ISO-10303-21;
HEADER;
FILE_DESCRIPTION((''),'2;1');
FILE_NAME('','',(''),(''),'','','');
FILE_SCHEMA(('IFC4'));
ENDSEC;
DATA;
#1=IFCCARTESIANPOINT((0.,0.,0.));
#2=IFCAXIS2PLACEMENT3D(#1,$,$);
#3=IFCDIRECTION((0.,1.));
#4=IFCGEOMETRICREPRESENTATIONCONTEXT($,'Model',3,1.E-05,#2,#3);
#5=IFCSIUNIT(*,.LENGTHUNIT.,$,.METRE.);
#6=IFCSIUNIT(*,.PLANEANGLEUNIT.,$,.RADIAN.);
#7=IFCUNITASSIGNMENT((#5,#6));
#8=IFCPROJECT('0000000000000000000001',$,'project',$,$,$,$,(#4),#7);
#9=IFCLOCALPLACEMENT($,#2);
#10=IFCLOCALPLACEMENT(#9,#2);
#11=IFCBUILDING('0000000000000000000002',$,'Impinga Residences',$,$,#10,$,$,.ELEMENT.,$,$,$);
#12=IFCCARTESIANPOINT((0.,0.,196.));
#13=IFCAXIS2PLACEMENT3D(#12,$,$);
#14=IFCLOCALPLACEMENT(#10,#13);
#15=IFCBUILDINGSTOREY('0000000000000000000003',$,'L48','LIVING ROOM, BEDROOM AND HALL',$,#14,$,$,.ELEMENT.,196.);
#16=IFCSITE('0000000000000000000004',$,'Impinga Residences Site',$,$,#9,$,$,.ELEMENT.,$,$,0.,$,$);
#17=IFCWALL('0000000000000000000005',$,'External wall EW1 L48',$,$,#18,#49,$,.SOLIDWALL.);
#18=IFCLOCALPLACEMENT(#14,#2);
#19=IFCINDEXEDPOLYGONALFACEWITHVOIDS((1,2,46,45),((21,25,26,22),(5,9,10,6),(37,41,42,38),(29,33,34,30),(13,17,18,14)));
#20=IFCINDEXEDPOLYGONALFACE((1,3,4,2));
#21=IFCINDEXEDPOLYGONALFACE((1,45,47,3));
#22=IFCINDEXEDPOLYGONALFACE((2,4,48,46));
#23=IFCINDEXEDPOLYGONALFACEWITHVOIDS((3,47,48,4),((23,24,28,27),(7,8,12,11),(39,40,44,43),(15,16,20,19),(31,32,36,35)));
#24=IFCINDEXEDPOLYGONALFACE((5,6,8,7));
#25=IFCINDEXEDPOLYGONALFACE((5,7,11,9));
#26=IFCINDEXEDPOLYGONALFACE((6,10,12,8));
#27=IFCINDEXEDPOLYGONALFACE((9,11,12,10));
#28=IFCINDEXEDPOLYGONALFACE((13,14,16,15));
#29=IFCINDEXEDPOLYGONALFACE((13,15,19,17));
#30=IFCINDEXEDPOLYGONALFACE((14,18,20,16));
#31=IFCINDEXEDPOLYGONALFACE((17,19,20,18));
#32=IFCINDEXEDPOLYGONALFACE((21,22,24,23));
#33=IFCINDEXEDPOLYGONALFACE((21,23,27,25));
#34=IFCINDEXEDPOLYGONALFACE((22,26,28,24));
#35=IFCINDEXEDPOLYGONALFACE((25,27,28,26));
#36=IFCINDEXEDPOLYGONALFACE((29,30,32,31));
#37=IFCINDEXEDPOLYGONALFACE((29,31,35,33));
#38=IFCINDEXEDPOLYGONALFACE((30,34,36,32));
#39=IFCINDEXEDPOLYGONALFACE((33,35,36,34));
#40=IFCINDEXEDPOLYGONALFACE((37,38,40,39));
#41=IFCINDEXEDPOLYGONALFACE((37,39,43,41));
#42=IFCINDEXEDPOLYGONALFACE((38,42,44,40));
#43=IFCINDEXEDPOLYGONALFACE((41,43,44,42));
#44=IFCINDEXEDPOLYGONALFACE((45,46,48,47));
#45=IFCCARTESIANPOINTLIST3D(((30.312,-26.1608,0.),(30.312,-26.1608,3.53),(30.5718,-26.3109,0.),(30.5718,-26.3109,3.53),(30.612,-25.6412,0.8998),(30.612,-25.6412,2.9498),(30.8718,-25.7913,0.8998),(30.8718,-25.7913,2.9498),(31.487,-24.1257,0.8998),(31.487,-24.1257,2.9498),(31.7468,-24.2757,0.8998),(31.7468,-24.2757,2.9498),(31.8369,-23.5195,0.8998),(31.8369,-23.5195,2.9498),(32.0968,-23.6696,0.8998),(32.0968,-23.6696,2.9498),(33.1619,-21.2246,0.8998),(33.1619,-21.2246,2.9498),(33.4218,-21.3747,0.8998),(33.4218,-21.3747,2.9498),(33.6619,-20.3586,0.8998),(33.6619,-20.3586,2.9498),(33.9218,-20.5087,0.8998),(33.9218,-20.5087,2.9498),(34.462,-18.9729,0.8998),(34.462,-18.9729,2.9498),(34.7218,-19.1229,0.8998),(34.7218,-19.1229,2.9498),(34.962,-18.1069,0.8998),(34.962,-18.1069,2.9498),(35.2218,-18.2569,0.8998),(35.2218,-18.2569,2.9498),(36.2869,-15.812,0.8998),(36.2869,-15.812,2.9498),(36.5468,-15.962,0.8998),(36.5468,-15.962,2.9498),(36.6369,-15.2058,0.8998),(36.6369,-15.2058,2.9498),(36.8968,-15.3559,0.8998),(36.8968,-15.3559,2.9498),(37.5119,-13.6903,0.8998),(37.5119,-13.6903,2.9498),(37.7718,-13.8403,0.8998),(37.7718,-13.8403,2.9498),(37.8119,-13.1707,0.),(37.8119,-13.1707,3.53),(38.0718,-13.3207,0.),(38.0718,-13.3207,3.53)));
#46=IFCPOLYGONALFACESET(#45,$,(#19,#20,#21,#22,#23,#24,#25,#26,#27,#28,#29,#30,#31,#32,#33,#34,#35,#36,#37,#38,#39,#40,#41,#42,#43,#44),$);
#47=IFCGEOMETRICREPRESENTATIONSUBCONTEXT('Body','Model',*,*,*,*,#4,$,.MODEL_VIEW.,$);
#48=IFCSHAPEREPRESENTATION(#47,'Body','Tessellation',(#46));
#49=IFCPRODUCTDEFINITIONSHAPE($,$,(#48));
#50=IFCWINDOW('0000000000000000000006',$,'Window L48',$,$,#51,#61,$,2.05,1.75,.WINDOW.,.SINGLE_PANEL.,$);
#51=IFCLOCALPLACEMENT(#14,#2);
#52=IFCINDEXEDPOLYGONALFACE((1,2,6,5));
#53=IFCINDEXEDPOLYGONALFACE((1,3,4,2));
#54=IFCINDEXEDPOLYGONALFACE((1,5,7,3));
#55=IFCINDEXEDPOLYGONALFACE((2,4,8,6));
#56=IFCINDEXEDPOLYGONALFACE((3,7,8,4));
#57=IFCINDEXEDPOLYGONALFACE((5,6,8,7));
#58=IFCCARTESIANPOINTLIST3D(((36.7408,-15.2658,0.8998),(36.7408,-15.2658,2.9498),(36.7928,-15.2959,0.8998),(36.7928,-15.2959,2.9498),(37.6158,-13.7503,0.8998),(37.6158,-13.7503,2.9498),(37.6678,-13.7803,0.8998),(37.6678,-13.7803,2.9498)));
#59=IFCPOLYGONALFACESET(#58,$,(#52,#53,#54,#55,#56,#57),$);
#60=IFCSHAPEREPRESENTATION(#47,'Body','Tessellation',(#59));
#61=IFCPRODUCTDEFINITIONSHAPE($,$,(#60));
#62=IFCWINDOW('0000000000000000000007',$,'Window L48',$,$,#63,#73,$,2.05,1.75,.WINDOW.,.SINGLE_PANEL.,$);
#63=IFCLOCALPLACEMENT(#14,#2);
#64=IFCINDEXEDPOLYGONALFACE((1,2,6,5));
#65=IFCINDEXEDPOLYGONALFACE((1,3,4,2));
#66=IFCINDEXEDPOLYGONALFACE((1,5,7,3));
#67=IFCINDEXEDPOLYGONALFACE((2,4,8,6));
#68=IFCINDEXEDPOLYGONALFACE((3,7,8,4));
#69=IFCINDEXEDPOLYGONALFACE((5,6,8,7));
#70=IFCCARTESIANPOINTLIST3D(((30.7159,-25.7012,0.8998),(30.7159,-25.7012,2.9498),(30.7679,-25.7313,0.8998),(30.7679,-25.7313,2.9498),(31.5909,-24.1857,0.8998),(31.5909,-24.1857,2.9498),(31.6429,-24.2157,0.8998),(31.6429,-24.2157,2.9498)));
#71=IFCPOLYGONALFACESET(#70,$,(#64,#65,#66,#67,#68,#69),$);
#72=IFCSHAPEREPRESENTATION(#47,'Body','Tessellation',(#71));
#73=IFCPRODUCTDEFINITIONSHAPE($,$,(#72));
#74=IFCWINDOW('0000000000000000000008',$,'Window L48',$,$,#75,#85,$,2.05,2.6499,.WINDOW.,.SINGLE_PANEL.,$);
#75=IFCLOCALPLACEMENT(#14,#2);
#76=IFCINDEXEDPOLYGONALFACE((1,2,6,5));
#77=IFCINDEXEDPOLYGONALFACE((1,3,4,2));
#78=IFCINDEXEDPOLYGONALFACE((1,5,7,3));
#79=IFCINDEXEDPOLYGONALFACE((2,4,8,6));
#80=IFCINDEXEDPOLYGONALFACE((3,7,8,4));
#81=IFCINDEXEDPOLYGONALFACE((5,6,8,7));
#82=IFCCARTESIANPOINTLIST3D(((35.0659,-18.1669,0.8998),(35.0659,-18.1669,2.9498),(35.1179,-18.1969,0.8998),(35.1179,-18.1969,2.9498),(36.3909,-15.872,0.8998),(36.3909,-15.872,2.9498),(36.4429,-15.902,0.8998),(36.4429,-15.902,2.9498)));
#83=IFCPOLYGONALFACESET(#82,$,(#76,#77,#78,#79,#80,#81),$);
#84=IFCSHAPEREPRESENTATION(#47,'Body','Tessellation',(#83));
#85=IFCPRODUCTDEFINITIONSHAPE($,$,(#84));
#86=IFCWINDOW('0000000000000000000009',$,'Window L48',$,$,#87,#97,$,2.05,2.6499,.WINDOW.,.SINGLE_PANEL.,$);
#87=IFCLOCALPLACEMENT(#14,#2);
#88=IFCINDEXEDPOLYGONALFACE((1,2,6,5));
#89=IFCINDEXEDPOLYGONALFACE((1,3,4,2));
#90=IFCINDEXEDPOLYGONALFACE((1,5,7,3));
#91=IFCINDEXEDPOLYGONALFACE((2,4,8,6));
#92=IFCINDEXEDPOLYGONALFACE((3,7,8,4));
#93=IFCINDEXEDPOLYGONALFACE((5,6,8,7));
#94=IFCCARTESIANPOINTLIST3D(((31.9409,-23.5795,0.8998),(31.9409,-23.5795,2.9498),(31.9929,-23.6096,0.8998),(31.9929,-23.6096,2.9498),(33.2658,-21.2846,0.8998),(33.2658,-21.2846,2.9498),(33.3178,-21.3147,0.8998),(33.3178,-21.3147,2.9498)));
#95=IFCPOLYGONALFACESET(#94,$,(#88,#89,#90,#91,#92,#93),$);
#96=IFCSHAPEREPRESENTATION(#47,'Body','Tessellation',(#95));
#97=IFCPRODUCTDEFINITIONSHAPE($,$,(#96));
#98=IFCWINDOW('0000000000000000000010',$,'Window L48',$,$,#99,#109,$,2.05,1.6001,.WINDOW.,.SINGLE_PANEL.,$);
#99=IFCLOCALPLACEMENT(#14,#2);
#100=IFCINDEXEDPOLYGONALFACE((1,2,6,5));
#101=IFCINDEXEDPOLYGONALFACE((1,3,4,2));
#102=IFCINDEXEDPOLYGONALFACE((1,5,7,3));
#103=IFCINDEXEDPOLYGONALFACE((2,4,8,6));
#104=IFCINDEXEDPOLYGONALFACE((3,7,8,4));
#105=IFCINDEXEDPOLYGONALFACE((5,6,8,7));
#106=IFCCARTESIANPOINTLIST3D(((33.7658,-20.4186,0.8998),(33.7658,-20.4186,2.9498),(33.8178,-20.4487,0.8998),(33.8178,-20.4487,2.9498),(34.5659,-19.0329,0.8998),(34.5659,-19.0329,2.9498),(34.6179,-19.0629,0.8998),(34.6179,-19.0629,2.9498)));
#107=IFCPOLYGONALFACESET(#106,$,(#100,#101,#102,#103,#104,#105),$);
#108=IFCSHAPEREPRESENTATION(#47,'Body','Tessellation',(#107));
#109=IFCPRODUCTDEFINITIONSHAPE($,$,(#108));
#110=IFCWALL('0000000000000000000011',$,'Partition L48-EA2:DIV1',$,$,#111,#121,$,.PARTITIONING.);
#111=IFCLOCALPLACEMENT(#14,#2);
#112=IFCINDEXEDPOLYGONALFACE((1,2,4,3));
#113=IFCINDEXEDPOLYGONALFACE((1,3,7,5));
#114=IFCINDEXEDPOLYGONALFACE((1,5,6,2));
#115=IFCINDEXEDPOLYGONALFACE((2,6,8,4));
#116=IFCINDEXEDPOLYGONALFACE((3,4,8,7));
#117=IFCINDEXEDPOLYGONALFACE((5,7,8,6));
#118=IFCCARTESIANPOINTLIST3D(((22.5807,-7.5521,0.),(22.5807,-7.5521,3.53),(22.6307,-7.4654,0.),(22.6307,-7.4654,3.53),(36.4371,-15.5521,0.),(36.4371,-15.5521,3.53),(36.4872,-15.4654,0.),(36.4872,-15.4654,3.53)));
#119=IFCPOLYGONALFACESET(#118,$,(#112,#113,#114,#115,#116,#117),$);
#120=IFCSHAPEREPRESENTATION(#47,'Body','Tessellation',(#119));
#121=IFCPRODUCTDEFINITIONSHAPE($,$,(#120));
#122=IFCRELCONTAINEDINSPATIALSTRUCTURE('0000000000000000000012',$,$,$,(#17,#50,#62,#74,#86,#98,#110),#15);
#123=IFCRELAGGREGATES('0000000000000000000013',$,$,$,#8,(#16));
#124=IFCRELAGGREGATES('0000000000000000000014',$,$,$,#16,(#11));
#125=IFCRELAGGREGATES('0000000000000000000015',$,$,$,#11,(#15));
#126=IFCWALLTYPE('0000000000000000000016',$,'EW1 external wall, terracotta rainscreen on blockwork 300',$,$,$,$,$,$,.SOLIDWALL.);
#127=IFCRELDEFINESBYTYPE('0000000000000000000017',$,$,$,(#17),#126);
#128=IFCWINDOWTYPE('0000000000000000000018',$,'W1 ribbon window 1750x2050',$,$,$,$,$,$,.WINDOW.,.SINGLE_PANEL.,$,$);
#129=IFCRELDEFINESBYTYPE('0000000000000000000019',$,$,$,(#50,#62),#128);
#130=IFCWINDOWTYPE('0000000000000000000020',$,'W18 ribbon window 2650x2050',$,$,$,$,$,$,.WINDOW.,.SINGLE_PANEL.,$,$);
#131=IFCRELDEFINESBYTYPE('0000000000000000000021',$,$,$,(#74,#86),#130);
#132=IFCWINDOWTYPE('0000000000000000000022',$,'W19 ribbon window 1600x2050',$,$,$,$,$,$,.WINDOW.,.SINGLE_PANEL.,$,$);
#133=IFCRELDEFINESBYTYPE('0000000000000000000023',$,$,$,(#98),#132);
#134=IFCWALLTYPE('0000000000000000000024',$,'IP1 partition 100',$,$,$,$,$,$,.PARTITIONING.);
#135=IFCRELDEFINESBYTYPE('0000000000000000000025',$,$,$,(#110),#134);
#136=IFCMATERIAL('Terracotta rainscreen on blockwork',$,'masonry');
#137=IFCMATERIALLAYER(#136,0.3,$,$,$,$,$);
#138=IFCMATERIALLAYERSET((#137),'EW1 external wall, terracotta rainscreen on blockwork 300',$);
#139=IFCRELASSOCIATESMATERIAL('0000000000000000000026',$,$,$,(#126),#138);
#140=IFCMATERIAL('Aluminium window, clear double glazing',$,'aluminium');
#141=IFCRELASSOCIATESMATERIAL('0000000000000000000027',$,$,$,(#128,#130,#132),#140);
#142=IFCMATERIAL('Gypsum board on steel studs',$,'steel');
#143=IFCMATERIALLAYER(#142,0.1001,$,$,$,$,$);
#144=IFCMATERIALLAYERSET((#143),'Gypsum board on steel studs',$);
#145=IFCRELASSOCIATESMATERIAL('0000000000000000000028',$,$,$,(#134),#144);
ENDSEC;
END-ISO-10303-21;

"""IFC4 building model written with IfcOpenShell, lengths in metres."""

from ifc_helpers import new_model, si_unit, direction, frame, frame_2d, origin, place, context, subcontext, project, spatial, rectangle, extrude, material, layer, layer_set, type_object, element, fill, save


model = new_model("IFC4")

# Units and contexts
model_context = context("Model", 3, precision=1e-05, world=origin(), true_north=direction((0.0, 1.0)))
body_context = subcontext(model_context, "Body", "Model", "MODEL_VIEW")
ifc_project = project(units=[si_unit("LENGTHUNIT", "METRE"), si_unit("PLANEANGLEUNIT", "RADIAN")], contexts=[model_context])

# Site, building, storey
site_placement = place(None, origin())
site = spatial("IfcSite", under=ifc_project, at=site_placement, Name="Impinga Residences Site", CompositionType="ELEMENT", RefElevation=0.0)
building_placement = place(site_placement, origin())
building = spatial("IfcBuilding", under=site, at=building_placement, Name="Impinga Residences", CompositionType="ELEMENT")
storey_placement = place(building_placement, frame((0.0, 0.0, 196.0)))
storey = spatial("IfcBuildingStorey", under=building, at=storey_placement, Name="L48", Description="LIVING ROOM, BEDROOM AND HALL", CompositionType="ELEMENT", Elevation=196.0)

# Shared definitions
ifc_material_1 = material(Name="Terracotta rainscreen on blockwork", Category="masonry")
ifc_layer_1 = layer(ifc_material_1, 0.3)
ifc_layer_set_1 = layer_set([ifc_layer_1], Name="EW1 external wall, terracotta rainscreen on blockwork 300")
wall_type_1 = type_object("IfcWallType", Name="EW1 external wall, terracotta rainscreen on blockwork 300", PredefinedType="SOLIDWALL", material=ifc_layer_set_1)

# Wall, openings, windows
wall_1_placement = place(storey_placement, frame((37.9419, -13.2456, 0.0), z_axis=(0.0, 0.0, 1.0), x_axis=(-0.500004, -0.866023, 0.0)))
wall_1 = element("IfcWall", 1, at=wall_1_placement, inside=storey, type_object=wall_type_1, Name="External wall EW1 L48", PredefinedType="SOLIDWALL", context=body_context, shape_type="SweptSolid", body=[
    extrude(rectangle(XDim=14.9998, YDim=0.3, at=frame_2d((7.5, 0.0))), origin(), (0.0, 0.0, 1.0), 3.53),
])
opening_1_placement = place(wall_1_placement, frame((0.6001, 0.0, 0.8999)))
opening_1 = element("IfcOpeningElement", 2, at=opening_1_placement, cuts=wall_1, PredefinedType="OPENING", context=body_context, shape_type="SweptSolid", body=[
    extrude(rectangle(XDim=1.75, YDim=2.05, at=frame_2d((0.875, 1.0249))), frame((0.0, 0.1599, 0.0), z_axis=(0.0, -1.0, 0.0), x_axis=(1.0, 0.0, 0.0)), (0.0, 0.0, 1.0), 0.3201),
])
opening_2_placement = place(wall_1_placement, frame((3.05, 0.0, 0.8999)))
opening_2 = element("IfcOpeningElement", 3, at=opening_2_placement, cuts=wall_1, PredefinedType="OPENING", context=body_context, shape_type="SweptSolid", body=[
    extrude(rectangle(XDim=2.6499, YDim=2.05, at=frame_2d((1.325, 1.0249))), frame((0.0, 0.1599, 0.0), z_axis=(0.0, -1.0, 0.0), x_axis=(1.0, 0.0, 0.0)), (0.0, 0.0, 1.0), 0.3201),
])
opening_3_placement = place(wall_1_placement, frame((6.7, 0.0, 0.8999)))
opening_3 = element("IfcOpeningElement", 4, at=opening_3_placement, cuts=wall_1, PredefinedType="OPENING", context=body_context, shape_type="SweptSolid", body=[
    extrude(rectangle(XDim=1.6001, YDim=2.05, at=frame_2d((0.8, 1.0249))), frame((0.0, 0.1599, 0.0), z_axis=(0.0, -1.0, 0.0), x_axis=(1.0, 0.0, 0.0)), (0.0, 0.0, 1.0), 0.3201),
])
opening_4_placement = place(wall_1_placement, frame((9.3, 0.0, 0.8999)))
opening_4 = element("IfcOpeningElement", 5, at=opening_4_placement, cuts=wall_1, PredefinedType="OPENING", context=body_context, shape_type="SweptSolid", body=[
    extrude(rectangle(XDim=2.6499, YDim=2.05, at=frame_2d((1.325, 1.0249))), frame((0.0, 0.1599, 0.0), z_axis=(0.0, -1.0, 0.0), x_axis=(1.0, 0.0, 0.0)), (0.0, 0.0, 1.0), 0.3201),
])
opening_5_placement = place(wall_1_placement, frame((12.6499, 0.0, 0.8999)))
opening_5 = element("IfcOpeningElement", 6, at=opening_5_placement, cuts=wall_1, PredefinedType="OPENING", context=body_context, shape_type="SweptSolid", body=[
    extrude(rectangle(XDim=1.75, YDim=2.05, at=frame_2d((0.875, 1.0249))), frame((0.0, 0.1599, 0.0), z_axis=(0.0, -1.0, 0.0), x_axis=(1.0, 0.0, 0.0)), (0.0, 0.0, 1.0), 0.3201),
])
ifc_material_2 = material(Name="Aluminium window, clear double glazing", Category="aluminium")
window_type_1 = type_object("IfcWindowType", Name="W1 ribbon window 1750x2050", PartitioningType="SINGLE_PANEL", PredefinedType="WINDOW", material=ifc_material_2)
window_1_placement = place(opening_1_placement, origin())
window_1 = element("IfcWindow", 7, at=window_1_placement, inside=storey, type_object=window_type_1, Name="Window L48", OverallHeight=2.05, OverallWidth=1.75, PartitioningType="SINGLE_PANEL", PredefinedType="WINDOW", context=body_context, shape_type="SweptSolid", body=[
    extrude(rectangle(XDim=1.75, YDim=2.05, at=frame_2d((0.875, 1.0249))), frame((0.0, 0.03, 0.0), z_axis=(0.0, -1.0, 0.0), x_axis=(1.0, 0.0, 0.0)), (0.0, 0.0, 1.0), 0.0601),
])
fill(opening_1, window_1)
window_2_placement = place(opening_5_placement, origin())
window_2 = element("IfcWindow", 8, at=window_2_placement, inside=storey, type_object=window_type_1, Name="Window L48", OverallHeight=2.05, OverallWidth=1.75, PartitioningType="SINGLE_PANEL", PredefinedType="WINDOW", context=body_context, shape_type="SweptSolid", body=[
    extrude(rectangle(XDim=1.75, YDim=2.05, at=frame_2d((0.875, 1.0249))), frame((0.0, 0.03, 0.0), z_axis=(0.0, -1.0, 0.0), x_axis=(1.0, 0.0, 0.0)), (0.0, 0.0, 1.0), 0.0601),
])
fill(opening_5, window_2)
window_type_2 = type_object("IfcWindowType", Name="W18 ribbon window 2650x2050", PartitioningType="SINGLE_PANEL", PredefinedType="WINDOW", material=ifc_material_2)
window_3_placement = place(opening_2_placement, origin())
window_3 = element("IfcWindow", 9, at=window_3_placement, inside=storey, type_object=window_type_2, Name="Window L48", OverallHeight=2.05, OverallWidth=2.6499, PartitioningType="SINGLE_PANEL", PredefinedType="WINDOW", context=body_context, shape_type="SweptSolid", body=[
    extrude(rectangle(XDim=2.6499, YDim=2.05, at=frame_2d((1.325, 1.0249))), frame((0.0, 0.03, 0.0), z_axis=(0.0, -1.0, 0.0), x_axis=(1.0, 0.0, 0.0)), (0.0, 0.0, 1.0), 0.0601),
])
fill(opening_2, window_3)
window_4_placement = place(opening_4_placement, origin())
window_4 = element("IfcWindow", 10, at=window_4_placement, inside=storey, type_object=window_type_2, Name="Window L48", OverallHeight=2.05, OverallWidth=2.6499, PartitioningType="SINGLE_PANEL", PredefinedType="WINDOW", context=body_context, shape_type="SweptSolid", body=[
    extrude(rectangle(XDim=2.6499, YDim=2.05, at=frame_2d((1.325, 1.0249))), frame((0.0, 0.03, 0.0), z_axis=(0.0, -1.0, 0.0), x_axis=(1.0, 0.0, 0.0)), (0.0, 0.0, 1.0), 0.0601),
])
fill(opening_4, window_4)
window_type_3 = type_object("IfcWindowType", Name="W19 ribbon window 1600x2050", PartitioningType="SINGLE_PANEL", PredefinedType="WINDOW", material=ifc_material_2)
window_5_placement = place(opening_3_placement, origin())
window_5 = element("IfcWindow", 11, at=window_5_placement, inside=storey, type_object=window_type_3, Name="Window L48", OverallHeight=2.05, OverallWidth=1.6001, PartitioningType="SINGLE_PANEL", PredefinedType="WINDOW", context=body_context, shape_type="SweptSolid", body=[
    extrude(rectangle(XDim=1.6001, YDim=2.05, at=frame_2d((0.8, 1.0249))), frame((0.0, 0.03, 0.0), z_axis=(0.0, -1.0, 0.0), x_axis=(1.0, 0.0, 0.0)), (0.0, 0.0, 1.0), 0.0601),
])
fill(opening_3, window_5)

# Wall
ifc_material_3 = material(Name="Gypsum board on steel studs", Category="steel")
ifc_layer_2 = layer(ifc_material_3, 0.1001)
ifc_layer_set_2 = layer_set([ifc_layer_2], Name="Gypsum board on steel studs")
wall_type_2 = type_object("IfcWallType", Name="IP1 partition 100", PredefinedType="PARTITIONING", material=ifc_layer_set_2)
wall_2_placement = place(storey_placement, frame((22.6057, -7.5088, 0.0), z_axis=(0.0, 0.0, 1.0), x_axis=(0.866026, -0.499999, 0.0)))
element("IfcWall", 12, at=wall_2_placement, inside=storey, type_object=wall_type_2, Name="Partition L48-EA2:DIV1", PredefinedType="PARTITIONING", context=body_context, shape_type="SweptSolid", body=[
    extrude(rectangle(XDim=16.0, YDim=0.1001, at=frame_2d((8.0, 0.0))), origin(), (0.0, 0.0, 1.0), 3.53),
])

save(model, "model.ifc")
